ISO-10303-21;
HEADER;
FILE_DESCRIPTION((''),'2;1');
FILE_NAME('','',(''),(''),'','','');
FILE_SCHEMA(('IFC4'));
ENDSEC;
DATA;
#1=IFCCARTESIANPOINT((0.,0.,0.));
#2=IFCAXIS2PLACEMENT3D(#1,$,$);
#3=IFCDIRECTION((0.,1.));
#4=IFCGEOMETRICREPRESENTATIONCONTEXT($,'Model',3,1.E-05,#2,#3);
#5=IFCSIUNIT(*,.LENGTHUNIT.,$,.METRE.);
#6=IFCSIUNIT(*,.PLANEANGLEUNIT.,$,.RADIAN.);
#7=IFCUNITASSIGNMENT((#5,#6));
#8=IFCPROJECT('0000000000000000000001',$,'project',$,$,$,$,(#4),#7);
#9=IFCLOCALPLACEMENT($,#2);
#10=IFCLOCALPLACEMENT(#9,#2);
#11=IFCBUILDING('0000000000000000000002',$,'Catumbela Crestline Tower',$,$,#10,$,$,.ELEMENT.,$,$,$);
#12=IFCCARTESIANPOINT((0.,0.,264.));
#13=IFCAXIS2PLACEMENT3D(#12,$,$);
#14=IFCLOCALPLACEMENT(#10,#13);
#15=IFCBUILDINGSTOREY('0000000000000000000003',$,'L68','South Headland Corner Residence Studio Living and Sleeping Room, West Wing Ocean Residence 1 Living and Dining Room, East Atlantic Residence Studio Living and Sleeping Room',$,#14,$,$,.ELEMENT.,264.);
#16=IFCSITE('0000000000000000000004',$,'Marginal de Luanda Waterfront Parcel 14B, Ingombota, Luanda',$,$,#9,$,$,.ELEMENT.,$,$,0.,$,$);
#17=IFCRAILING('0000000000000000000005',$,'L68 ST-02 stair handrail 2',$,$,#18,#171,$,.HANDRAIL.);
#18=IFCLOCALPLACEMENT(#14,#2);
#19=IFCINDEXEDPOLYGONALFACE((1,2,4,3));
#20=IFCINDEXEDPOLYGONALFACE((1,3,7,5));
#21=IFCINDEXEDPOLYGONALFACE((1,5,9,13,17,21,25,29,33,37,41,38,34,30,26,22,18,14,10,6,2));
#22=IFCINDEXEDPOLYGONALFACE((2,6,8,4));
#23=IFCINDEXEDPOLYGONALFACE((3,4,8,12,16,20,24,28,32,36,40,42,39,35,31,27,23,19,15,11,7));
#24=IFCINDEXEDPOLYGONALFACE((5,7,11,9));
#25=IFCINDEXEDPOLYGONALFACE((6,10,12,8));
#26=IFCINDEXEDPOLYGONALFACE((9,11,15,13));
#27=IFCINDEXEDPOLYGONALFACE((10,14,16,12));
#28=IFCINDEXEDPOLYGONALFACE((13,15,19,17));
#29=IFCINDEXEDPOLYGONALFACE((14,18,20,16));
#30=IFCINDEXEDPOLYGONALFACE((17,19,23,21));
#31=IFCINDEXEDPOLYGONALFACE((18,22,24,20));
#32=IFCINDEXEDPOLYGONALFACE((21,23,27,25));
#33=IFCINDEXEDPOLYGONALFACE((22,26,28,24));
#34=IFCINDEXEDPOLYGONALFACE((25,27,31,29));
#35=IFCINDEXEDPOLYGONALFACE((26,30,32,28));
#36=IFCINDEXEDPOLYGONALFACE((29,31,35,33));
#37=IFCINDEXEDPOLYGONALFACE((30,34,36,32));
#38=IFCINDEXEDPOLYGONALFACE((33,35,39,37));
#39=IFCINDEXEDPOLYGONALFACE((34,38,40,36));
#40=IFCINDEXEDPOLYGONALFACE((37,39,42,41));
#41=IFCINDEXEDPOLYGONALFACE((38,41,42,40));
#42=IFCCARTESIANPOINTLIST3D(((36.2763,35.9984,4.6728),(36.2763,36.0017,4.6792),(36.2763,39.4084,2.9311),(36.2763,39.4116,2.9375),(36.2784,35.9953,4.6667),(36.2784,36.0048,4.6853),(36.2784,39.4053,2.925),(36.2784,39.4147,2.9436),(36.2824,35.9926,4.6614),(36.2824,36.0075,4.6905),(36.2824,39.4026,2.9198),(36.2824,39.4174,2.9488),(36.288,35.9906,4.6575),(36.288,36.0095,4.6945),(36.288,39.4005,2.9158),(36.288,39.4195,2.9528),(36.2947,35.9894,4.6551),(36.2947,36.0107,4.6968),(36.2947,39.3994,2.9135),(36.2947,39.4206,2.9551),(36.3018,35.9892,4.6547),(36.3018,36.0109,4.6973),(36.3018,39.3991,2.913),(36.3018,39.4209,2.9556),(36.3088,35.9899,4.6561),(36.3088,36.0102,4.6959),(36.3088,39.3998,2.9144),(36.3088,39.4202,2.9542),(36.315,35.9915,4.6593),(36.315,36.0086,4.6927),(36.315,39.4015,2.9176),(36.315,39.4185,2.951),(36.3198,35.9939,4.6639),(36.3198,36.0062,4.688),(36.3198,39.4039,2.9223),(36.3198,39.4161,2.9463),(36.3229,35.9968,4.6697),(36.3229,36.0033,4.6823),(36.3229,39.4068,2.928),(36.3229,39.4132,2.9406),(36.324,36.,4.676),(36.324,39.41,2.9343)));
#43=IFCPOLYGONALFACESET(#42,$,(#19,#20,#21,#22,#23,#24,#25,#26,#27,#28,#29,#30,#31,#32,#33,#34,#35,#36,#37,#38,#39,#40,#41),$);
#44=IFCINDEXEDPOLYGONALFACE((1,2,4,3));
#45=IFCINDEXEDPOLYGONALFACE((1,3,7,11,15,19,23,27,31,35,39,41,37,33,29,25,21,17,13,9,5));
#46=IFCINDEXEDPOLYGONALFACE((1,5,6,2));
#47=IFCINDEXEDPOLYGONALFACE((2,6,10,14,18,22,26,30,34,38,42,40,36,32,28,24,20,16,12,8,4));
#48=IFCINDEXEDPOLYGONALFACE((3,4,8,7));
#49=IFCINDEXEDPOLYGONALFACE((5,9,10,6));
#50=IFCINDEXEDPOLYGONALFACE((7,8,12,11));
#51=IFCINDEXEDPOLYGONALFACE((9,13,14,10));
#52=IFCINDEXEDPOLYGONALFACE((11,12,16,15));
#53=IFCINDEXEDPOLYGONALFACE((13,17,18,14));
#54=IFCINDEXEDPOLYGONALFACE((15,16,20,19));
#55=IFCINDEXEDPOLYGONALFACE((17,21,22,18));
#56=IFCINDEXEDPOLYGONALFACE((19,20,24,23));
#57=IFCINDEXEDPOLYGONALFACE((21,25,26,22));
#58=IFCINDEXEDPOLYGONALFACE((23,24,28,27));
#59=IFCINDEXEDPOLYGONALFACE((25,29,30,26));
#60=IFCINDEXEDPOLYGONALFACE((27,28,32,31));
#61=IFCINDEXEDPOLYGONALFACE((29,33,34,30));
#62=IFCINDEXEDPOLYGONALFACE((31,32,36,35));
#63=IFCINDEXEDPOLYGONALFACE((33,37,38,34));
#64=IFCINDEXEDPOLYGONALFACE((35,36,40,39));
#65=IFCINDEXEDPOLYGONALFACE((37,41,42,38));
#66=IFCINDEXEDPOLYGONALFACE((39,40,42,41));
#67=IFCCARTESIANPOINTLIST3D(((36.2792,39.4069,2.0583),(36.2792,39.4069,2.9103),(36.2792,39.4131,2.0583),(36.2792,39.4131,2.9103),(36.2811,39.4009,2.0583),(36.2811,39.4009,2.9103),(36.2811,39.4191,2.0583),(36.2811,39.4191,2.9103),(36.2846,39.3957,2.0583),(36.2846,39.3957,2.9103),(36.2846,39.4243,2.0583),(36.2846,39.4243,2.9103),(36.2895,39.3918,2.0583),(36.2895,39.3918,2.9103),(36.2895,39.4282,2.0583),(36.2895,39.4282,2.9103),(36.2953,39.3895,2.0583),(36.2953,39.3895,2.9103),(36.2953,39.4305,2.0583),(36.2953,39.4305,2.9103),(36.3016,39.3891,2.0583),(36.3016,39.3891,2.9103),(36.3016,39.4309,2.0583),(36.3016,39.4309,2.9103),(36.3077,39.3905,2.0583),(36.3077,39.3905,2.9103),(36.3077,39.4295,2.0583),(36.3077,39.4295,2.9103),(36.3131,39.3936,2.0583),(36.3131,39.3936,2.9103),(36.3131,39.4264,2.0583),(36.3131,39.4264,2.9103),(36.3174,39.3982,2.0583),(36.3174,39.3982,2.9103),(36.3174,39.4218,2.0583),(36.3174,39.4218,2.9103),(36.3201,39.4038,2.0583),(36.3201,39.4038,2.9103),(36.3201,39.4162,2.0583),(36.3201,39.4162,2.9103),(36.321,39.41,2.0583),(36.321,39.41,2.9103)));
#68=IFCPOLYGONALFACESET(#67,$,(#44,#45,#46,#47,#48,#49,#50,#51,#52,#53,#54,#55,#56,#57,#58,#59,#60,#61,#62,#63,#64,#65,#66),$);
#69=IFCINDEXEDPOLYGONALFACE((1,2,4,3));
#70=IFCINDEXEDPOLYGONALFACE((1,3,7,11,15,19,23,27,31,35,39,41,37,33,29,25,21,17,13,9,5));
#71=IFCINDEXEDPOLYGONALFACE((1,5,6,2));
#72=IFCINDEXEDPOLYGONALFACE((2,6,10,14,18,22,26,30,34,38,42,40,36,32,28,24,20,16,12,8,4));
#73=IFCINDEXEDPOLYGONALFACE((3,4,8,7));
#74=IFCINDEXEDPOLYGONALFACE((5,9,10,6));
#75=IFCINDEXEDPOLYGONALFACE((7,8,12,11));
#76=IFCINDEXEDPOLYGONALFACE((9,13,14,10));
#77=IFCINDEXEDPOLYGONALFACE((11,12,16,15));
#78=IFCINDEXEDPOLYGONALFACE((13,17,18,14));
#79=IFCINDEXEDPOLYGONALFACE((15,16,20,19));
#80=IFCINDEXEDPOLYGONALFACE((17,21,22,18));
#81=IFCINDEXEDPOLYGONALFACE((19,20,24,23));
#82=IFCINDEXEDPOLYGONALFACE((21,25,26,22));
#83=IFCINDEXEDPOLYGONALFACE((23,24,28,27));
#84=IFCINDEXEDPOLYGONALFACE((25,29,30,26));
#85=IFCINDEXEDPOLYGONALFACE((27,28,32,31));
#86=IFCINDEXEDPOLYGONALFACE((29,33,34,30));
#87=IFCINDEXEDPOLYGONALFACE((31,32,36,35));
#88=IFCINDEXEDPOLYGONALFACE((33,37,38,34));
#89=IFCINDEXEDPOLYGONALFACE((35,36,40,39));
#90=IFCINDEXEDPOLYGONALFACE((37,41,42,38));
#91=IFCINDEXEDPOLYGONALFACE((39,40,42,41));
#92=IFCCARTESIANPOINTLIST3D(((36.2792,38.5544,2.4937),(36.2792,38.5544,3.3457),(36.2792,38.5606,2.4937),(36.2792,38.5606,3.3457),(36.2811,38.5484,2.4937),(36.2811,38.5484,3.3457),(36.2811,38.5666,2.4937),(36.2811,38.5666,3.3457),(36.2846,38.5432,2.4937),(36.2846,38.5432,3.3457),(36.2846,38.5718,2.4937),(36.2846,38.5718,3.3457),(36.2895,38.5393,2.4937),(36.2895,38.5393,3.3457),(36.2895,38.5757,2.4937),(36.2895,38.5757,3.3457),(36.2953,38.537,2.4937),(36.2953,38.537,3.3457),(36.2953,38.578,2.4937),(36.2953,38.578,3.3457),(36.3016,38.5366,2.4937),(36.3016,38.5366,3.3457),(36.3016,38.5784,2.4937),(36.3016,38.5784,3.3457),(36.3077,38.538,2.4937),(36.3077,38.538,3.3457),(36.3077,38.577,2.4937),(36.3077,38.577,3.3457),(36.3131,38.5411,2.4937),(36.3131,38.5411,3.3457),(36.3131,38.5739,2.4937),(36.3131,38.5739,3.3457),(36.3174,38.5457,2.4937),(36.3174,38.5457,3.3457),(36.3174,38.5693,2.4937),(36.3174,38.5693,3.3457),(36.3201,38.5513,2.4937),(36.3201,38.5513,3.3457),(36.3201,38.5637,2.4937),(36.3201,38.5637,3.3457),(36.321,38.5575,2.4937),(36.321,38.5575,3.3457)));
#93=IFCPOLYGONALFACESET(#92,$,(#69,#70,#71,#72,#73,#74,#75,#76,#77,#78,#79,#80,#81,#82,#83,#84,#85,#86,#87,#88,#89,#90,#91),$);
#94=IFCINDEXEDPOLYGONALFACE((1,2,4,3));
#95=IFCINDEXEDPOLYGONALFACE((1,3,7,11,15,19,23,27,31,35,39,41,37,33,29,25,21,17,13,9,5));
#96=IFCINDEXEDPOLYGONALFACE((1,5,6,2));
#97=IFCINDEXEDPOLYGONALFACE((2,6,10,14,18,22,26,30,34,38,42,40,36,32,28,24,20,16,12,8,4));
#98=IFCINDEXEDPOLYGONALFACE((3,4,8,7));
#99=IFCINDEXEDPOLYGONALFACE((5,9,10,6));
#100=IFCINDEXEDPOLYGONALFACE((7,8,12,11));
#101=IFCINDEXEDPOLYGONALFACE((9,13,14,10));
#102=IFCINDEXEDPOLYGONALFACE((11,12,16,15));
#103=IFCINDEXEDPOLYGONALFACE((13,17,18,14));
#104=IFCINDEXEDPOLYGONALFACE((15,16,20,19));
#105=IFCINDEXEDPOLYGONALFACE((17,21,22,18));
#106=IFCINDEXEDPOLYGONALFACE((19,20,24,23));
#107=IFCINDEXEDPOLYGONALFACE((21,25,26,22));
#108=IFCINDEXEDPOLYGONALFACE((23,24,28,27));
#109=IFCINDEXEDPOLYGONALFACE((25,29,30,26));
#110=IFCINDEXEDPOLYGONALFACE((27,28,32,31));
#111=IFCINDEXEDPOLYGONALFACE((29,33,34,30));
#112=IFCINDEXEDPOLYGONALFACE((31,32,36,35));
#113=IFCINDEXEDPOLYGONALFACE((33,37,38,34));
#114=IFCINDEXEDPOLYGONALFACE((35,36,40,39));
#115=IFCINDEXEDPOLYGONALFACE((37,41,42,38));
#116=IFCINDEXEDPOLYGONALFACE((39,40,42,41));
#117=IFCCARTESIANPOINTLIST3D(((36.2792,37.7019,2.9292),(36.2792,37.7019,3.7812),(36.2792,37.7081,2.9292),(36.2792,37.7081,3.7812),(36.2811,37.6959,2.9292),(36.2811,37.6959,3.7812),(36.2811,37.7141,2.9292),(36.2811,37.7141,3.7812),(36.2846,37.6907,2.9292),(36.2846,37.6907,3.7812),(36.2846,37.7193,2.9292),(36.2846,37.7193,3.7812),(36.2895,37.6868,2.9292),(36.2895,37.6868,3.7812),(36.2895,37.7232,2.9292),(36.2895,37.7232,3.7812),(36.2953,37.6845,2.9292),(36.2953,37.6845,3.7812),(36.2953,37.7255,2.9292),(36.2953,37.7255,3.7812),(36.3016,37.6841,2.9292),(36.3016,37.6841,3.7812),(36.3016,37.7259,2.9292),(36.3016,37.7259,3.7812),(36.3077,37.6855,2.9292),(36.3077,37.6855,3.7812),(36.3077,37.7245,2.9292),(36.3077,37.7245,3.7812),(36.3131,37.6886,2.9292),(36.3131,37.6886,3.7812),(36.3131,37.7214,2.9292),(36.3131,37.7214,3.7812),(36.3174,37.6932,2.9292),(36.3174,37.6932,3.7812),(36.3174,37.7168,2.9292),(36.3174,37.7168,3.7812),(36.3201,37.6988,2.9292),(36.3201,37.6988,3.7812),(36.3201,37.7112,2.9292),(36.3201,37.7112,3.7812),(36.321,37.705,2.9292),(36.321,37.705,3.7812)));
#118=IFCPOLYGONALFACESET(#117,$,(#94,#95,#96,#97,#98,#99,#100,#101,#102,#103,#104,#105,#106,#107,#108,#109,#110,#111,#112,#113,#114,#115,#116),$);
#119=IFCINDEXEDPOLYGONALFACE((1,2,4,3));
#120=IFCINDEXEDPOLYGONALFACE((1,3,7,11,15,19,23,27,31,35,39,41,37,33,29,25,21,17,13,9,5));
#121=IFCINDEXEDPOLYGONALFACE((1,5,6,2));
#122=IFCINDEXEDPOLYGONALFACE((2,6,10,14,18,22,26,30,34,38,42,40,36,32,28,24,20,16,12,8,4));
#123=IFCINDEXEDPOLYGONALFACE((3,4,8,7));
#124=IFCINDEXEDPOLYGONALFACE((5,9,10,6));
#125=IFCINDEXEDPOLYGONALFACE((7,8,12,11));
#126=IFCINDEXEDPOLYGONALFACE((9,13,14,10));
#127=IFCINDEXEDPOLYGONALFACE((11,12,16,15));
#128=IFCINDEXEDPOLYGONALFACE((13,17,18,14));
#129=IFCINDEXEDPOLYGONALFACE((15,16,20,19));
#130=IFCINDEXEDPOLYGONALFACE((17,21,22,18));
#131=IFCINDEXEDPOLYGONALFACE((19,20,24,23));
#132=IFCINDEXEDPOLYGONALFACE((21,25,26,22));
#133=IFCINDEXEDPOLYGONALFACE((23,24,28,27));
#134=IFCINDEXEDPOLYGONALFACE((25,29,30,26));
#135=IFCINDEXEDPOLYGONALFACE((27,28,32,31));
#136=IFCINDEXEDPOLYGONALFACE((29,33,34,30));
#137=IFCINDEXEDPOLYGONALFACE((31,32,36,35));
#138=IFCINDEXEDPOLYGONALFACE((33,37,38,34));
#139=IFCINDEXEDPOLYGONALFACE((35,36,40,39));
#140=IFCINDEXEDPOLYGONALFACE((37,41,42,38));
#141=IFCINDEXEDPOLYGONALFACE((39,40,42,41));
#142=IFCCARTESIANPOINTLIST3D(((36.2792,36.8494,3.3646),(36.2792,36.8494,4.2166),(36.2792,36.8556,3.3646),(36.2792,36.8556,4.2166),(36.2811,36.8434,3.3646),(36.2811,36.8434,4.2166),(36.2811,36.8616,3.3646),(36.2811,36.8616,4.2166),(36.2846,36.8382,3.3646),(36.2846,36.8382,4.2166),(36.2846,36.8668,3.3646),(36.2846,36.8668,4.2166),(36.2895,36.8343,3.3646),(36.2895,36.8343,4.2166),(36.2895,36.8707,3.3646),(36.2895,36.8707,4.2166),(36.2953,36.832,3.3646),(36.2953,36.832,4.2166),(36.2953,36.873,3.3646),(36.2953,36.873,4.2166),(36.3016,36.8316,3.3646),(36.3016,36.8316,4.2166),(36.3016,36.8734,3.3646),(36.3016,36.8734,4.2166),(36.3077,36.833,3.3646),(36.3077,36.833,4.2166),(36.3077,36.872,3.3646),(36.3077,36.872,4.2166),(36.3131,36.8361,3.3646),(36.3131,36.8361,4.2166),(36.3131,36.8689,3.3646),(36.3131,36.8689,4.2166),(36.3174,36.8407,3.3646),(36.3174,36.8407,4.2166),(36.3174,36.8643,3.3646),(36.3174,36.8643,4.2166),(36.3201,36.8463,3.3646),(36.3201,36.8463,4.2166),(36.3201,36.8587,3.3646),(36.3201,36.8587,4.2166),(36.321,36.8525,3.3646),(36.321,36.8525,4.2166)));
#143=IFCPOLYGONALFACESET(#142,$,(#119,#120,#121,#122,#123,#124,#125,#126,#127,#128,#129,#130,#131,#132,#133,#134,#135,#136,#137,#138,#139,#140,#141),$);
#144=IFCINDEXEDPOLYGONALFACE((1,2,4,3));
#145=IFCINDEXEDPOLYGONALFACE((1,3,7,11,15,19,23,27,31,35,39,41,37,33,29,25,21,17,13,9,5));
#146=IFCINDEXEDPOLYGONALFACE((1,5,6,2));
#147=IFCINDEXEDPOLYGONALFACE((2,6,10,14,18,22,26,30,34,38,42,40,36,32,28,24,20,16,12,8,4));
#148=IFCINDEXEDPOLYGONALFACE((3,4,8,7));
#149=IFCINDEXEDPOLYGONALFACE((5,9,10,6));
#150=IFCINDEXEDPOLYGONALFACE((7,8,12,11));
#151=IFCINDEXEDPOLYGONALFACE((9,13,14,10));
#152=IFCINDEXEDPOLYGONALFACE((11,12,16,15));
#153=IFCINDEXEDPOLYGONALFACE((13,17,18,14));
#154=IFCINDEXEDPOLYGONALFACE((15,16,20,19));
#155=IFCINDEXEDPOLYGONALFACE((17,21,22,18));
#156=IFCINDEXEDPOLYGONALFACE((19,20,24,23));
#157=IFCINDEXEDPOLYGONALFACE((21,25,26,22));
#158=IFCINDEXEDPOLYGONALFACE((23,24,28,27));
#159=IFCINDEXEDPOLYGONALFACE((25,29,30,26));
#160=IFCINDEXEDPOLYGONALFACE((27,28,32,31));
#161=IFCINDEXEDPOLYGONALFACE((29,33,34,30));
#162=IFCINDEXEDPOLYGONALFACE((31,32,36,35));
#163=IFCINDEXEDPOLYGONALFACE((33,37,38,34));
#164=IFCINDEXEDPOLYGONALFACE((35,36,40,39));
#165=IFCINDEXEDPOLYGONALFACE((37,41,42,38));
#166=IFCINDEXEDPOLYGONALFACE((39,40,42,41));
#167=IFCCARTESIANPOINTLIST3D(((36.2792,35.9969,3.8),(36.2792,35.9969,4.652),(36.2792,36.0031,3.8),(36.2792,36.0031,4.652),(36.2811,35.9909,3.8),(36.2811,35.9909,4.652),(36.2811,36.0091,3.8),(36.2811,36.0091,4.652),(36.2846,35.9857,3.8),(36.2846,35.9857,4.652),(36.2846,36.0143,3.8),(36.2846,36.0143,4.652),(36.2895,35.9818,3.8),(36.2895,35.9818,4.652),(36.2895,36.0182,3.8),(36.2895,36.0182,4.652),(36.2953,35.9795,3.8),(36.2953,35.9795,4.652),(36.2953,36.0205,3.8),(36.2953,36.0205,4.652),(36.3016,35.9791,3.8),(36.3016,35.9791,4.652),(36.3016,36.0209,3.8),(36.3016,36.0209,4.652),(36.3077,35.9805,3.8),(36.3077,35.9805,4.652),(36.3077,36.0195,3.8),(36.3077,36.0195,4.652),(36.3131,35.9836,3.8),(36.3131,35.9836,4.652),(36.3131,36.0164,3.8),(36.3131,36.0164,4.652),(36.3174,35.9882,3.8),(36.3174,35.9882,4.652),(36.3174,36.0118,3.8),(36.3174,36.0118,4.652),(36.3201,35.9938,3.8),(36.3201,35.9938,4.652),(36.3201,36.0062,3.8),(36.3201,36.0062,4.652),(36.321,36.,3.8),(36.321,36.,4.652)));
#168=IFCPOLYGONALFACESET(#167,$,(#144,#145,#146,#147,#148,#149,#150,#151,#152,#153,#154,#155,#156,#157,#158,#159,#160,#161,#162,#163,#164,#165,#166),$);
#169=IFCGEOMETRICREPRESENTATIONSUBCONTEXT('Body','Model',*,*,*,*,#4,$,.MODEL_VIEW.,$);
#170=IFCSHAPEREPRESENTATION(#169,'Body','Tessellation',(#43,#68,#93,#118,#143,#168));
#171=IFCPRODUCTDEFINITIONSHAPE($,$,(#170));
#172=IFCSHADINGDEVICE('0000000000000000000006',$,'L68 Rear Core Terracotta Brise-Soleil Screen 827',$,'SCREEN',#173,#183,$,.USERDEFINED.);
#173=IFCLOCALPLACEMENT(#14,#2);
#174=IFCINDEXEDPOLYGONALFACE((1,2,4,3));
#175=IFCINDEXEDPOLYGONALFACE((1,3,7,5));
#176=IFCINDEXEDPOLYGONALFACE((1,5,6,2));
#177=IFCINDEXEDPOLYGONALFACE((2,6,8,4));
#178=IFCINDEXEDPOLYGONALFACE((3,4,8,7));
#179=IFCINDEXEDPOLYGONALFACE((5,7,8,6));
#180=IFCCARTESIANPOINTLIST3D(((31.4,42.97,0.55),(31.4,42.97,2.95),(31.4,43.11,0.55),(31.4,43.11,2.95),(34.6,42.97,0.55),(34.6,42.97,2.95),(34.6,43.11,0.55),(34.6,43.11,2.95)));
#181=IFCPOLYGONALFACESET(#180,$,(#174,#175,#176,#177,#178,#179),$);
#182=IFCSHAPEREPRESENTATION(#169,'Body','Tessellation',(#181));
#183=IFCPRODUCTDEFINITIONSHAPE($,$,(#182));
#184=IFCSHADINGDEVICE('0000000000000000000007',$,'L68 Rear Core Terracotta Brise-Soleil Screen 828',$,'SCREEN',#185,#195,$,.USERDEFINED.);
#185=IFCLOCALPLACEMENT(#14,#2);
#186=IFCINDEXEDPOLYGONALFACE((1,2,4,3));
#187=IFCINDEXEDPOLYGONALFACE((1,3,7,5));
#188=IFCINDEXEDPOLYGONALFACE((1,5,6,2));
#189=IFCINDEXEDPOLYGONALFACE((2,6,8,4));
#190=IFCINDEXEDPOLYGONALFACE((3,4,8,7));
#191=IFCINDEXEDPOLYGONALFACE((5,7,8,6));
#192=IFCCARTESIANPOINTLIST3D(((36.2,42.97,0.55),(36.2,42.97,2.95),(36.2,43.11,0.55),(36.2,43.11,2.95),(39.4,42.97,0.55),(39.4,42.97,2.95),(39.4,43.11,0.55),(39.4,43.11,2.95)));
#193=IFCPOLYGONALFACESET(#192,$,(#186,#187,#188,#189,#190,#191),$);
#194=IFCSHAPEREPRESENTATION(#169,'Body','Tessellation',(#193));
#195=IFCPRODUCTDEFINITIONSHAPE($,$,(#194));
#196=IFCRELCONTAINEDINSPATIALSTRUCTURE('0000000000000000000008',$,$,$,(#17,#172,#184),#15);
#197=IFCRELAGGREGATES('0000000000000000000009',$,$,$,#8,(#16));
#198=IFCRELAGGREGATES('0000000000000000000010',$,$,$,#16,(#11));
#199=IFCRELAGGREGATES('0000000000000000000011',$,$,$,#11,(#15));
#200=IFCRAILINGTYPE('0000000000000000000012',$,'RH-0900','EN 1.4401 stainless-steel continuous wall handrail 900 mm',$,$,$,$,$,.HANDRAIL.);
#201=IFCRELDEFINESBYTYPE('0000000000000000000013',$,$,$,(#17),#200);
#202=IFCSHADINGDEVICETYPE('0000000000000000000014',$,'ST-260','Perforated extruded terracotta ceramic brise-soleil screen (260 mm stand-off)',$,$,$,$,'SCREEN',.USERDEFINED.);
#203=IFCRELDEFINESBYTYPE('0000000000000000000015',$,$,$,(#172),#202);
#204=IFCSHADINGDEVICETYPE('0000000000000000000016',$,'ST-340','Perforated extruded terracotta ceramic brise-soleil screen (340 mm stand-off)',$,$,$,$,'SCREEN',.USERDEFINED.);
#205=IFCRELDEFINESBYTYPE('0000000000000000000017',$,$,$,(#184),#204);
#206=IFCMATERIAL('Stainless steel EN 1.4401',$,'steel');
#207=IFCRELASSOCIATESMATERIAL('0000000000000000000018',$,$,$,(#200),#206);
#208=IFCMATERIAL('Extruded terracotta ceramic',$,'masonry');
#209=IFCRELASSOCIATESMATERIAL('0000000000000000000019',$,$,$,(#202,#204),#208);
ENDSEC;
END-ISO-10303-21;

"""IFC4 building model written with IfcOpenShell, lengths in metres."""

from ifc_helpers import new_model, si_unit, direction, frame, origin, origin_2d, place, context, subcontext, project, spatial, rectangle, circle, extrude, material, type_object, element, save


model = new_model("IFC4")

# Units and contexts
model_context = context("Model", 3, precision=1e-05, world=origin(), true_north=direction((0.0, 1.0)))
body_context = subcontext(model_context, "Body", "Model", "MODEL_VIEW")
ifc_project = project(units=[si_unit("LENGTHUNIT", "METRE"), si_unit("PLANEANGLEUNIT", "RADIAN")], contexts=[model_context])

# Site, building, storey
site_placement = place(None, origin())
site = spatial("IfcSite", under=ifc_project, at=site_placement, Name="Marginal de Luanda Waterfront Parcel 14B, Ingombota, Luanda", CompositionType="ELEMENT", RefElevation=0.0)
building_placement = place(site_placement, origin())
building = spatial("IfcBuilding", under=site, at=building_placement, Name="Catumbela Crestline Tower", CompositionType="ELEMENT")
storey_placement = place(building_placement, frame((0.0, 0.0, 264.0)))
storey = spatial("IfcBuildingStorey", under=building, at=storey_placement, Name="L68", Description="South Headland Corner Residence Studio Living and Sleeping Room, West Wing Ocean Residence 1 Living and Dining Room, East Atlantic Residence Studio Living and Sleeping Room", CompositionType="ELEMENT", Elevation=264.0)

# Shared definitions
ifc_material_1 = material(Name="Stainless steel EN 1.4401", Category="steel")

# Railing
railing_type_1 = type_object("IfcRailingType", Name="RH-0900", Description="EN 1.4401 stainless-steel continuous wall handrail 900 mm", PredefinedType="HANDRAIL", material=ifc_material_1)
railing_1_placement = place(storey_placement, frame((36.3, 39.41, 2.0583)))
element("IfcRailing", 1, at=railing_1_placement, inside=storey, type_object=railing_type_1, Name="L68 ST-02 stair handrail 2", PredefinedType="HANDRAIL", context=body_context, shape_type="SweptSolid", body=[
    extrude(circle(Radius=0.024, at=origin_2d()), frame((0.0, 0.0, 0.876), z_axis=(0.0, -0.89056, 0.454865), x_axis=(1.0, 0.0, 0.0)), (0.0, 0.0, 1.0), 3.829),
    extrude(circle(Radius=0.021, at=origin_2d()), origin(), (0.0, 0.0, 1.0), 0.852),
    extrude(circle(Radius=0.021, at=origin_2d()), frame((0.0, -0.8525, 0.4354)), (0.0, 0.0, 1.0), 0.852),
    extrude(circle(Radius=0.021, at=origin_2d()), frame((0.0, -1.705, 0.8709)), (0.0, 0.0, 1.0), 0.852),
    extrude(circle(Radius=0.021, at=origin_2d()), frame((0.0, -2.5575, 1.3063)), (0.0, 0.0, 1.0), 0.852),
    extrude(circle(Radius=0.021, at=origin_2d()), frame((0.0, -3.41, 1.7417)), (0.0, 0.0, 1.0), 0.852),
])

# Shading devices
ifc_material_2 = material(Name="Extruded terracotta ceramic", Category="masonry")
shading_device_type_1 = type_object("IfcShadingDeviceType", Name="ST-260", Description="Perforated extruded terracotta ceramic brise-soleil screen (260 mm stand-off)", ElementType="SCREEN", PredefinedType="USERDEFINED", material=ifc_material_2)
shading_device_1_placement = place(storey_placement, frame((33.0, 43.04, 0.55), z_axis=(0.0, 0.0, 1.0), x_axis=(1.0, 0.0, 0.0)))
element("IfcShadingDevice", 2, at=shading_device_1_placement, inside=storey, type_object=shading_device_type_1, Name="L68 Rear Core Terracotta Brise-Soleil Screen 827", ObjectType="SCREEN", PredefinedType="USERDEFINED", context=body_context, shape_type="SweptSolid", body=[
    extrude(rectangle(XDim=3.2, YDim=0.14, at=origin_2d()), origin(), (0.0, 0.0, 1.0), 2.4),
])
shading_device_type_2 = type_object("IfcShadingDeviceType", Name="ST-340", Description="Perforated extruded terracotta ceramic brise-soleil screen (340 mm stand-off)", ElementType="SCREEN", PredefinedType="USERDEFINED", material=ifc_material_2)
shading_device_2_placement = place(storey_placement, frame((37.8, 43.04, 0.55), z_axis=(0.0, 0.0, 1.0), x_axis=(1.0, 0.0, 0.0)))
element("IfcShadingDevice", 3, at=shading_device_2_placement, inside=storey, type_object=shading_device_type_2, Name="L68 Rear Core Terracotta Brise-Soleil Screen 828", ObjectType="SCREEN", PredefinedType="USERDEFINED", context=body_context, shape_type="SweptSolid", body=[
    extrude(rectangle(XDim=3.2, YDim=0.14, at=origin_2d()), origin(), (0.0, 0.0, 1.0), 2.4),
])

save(model, "model.ifc")
